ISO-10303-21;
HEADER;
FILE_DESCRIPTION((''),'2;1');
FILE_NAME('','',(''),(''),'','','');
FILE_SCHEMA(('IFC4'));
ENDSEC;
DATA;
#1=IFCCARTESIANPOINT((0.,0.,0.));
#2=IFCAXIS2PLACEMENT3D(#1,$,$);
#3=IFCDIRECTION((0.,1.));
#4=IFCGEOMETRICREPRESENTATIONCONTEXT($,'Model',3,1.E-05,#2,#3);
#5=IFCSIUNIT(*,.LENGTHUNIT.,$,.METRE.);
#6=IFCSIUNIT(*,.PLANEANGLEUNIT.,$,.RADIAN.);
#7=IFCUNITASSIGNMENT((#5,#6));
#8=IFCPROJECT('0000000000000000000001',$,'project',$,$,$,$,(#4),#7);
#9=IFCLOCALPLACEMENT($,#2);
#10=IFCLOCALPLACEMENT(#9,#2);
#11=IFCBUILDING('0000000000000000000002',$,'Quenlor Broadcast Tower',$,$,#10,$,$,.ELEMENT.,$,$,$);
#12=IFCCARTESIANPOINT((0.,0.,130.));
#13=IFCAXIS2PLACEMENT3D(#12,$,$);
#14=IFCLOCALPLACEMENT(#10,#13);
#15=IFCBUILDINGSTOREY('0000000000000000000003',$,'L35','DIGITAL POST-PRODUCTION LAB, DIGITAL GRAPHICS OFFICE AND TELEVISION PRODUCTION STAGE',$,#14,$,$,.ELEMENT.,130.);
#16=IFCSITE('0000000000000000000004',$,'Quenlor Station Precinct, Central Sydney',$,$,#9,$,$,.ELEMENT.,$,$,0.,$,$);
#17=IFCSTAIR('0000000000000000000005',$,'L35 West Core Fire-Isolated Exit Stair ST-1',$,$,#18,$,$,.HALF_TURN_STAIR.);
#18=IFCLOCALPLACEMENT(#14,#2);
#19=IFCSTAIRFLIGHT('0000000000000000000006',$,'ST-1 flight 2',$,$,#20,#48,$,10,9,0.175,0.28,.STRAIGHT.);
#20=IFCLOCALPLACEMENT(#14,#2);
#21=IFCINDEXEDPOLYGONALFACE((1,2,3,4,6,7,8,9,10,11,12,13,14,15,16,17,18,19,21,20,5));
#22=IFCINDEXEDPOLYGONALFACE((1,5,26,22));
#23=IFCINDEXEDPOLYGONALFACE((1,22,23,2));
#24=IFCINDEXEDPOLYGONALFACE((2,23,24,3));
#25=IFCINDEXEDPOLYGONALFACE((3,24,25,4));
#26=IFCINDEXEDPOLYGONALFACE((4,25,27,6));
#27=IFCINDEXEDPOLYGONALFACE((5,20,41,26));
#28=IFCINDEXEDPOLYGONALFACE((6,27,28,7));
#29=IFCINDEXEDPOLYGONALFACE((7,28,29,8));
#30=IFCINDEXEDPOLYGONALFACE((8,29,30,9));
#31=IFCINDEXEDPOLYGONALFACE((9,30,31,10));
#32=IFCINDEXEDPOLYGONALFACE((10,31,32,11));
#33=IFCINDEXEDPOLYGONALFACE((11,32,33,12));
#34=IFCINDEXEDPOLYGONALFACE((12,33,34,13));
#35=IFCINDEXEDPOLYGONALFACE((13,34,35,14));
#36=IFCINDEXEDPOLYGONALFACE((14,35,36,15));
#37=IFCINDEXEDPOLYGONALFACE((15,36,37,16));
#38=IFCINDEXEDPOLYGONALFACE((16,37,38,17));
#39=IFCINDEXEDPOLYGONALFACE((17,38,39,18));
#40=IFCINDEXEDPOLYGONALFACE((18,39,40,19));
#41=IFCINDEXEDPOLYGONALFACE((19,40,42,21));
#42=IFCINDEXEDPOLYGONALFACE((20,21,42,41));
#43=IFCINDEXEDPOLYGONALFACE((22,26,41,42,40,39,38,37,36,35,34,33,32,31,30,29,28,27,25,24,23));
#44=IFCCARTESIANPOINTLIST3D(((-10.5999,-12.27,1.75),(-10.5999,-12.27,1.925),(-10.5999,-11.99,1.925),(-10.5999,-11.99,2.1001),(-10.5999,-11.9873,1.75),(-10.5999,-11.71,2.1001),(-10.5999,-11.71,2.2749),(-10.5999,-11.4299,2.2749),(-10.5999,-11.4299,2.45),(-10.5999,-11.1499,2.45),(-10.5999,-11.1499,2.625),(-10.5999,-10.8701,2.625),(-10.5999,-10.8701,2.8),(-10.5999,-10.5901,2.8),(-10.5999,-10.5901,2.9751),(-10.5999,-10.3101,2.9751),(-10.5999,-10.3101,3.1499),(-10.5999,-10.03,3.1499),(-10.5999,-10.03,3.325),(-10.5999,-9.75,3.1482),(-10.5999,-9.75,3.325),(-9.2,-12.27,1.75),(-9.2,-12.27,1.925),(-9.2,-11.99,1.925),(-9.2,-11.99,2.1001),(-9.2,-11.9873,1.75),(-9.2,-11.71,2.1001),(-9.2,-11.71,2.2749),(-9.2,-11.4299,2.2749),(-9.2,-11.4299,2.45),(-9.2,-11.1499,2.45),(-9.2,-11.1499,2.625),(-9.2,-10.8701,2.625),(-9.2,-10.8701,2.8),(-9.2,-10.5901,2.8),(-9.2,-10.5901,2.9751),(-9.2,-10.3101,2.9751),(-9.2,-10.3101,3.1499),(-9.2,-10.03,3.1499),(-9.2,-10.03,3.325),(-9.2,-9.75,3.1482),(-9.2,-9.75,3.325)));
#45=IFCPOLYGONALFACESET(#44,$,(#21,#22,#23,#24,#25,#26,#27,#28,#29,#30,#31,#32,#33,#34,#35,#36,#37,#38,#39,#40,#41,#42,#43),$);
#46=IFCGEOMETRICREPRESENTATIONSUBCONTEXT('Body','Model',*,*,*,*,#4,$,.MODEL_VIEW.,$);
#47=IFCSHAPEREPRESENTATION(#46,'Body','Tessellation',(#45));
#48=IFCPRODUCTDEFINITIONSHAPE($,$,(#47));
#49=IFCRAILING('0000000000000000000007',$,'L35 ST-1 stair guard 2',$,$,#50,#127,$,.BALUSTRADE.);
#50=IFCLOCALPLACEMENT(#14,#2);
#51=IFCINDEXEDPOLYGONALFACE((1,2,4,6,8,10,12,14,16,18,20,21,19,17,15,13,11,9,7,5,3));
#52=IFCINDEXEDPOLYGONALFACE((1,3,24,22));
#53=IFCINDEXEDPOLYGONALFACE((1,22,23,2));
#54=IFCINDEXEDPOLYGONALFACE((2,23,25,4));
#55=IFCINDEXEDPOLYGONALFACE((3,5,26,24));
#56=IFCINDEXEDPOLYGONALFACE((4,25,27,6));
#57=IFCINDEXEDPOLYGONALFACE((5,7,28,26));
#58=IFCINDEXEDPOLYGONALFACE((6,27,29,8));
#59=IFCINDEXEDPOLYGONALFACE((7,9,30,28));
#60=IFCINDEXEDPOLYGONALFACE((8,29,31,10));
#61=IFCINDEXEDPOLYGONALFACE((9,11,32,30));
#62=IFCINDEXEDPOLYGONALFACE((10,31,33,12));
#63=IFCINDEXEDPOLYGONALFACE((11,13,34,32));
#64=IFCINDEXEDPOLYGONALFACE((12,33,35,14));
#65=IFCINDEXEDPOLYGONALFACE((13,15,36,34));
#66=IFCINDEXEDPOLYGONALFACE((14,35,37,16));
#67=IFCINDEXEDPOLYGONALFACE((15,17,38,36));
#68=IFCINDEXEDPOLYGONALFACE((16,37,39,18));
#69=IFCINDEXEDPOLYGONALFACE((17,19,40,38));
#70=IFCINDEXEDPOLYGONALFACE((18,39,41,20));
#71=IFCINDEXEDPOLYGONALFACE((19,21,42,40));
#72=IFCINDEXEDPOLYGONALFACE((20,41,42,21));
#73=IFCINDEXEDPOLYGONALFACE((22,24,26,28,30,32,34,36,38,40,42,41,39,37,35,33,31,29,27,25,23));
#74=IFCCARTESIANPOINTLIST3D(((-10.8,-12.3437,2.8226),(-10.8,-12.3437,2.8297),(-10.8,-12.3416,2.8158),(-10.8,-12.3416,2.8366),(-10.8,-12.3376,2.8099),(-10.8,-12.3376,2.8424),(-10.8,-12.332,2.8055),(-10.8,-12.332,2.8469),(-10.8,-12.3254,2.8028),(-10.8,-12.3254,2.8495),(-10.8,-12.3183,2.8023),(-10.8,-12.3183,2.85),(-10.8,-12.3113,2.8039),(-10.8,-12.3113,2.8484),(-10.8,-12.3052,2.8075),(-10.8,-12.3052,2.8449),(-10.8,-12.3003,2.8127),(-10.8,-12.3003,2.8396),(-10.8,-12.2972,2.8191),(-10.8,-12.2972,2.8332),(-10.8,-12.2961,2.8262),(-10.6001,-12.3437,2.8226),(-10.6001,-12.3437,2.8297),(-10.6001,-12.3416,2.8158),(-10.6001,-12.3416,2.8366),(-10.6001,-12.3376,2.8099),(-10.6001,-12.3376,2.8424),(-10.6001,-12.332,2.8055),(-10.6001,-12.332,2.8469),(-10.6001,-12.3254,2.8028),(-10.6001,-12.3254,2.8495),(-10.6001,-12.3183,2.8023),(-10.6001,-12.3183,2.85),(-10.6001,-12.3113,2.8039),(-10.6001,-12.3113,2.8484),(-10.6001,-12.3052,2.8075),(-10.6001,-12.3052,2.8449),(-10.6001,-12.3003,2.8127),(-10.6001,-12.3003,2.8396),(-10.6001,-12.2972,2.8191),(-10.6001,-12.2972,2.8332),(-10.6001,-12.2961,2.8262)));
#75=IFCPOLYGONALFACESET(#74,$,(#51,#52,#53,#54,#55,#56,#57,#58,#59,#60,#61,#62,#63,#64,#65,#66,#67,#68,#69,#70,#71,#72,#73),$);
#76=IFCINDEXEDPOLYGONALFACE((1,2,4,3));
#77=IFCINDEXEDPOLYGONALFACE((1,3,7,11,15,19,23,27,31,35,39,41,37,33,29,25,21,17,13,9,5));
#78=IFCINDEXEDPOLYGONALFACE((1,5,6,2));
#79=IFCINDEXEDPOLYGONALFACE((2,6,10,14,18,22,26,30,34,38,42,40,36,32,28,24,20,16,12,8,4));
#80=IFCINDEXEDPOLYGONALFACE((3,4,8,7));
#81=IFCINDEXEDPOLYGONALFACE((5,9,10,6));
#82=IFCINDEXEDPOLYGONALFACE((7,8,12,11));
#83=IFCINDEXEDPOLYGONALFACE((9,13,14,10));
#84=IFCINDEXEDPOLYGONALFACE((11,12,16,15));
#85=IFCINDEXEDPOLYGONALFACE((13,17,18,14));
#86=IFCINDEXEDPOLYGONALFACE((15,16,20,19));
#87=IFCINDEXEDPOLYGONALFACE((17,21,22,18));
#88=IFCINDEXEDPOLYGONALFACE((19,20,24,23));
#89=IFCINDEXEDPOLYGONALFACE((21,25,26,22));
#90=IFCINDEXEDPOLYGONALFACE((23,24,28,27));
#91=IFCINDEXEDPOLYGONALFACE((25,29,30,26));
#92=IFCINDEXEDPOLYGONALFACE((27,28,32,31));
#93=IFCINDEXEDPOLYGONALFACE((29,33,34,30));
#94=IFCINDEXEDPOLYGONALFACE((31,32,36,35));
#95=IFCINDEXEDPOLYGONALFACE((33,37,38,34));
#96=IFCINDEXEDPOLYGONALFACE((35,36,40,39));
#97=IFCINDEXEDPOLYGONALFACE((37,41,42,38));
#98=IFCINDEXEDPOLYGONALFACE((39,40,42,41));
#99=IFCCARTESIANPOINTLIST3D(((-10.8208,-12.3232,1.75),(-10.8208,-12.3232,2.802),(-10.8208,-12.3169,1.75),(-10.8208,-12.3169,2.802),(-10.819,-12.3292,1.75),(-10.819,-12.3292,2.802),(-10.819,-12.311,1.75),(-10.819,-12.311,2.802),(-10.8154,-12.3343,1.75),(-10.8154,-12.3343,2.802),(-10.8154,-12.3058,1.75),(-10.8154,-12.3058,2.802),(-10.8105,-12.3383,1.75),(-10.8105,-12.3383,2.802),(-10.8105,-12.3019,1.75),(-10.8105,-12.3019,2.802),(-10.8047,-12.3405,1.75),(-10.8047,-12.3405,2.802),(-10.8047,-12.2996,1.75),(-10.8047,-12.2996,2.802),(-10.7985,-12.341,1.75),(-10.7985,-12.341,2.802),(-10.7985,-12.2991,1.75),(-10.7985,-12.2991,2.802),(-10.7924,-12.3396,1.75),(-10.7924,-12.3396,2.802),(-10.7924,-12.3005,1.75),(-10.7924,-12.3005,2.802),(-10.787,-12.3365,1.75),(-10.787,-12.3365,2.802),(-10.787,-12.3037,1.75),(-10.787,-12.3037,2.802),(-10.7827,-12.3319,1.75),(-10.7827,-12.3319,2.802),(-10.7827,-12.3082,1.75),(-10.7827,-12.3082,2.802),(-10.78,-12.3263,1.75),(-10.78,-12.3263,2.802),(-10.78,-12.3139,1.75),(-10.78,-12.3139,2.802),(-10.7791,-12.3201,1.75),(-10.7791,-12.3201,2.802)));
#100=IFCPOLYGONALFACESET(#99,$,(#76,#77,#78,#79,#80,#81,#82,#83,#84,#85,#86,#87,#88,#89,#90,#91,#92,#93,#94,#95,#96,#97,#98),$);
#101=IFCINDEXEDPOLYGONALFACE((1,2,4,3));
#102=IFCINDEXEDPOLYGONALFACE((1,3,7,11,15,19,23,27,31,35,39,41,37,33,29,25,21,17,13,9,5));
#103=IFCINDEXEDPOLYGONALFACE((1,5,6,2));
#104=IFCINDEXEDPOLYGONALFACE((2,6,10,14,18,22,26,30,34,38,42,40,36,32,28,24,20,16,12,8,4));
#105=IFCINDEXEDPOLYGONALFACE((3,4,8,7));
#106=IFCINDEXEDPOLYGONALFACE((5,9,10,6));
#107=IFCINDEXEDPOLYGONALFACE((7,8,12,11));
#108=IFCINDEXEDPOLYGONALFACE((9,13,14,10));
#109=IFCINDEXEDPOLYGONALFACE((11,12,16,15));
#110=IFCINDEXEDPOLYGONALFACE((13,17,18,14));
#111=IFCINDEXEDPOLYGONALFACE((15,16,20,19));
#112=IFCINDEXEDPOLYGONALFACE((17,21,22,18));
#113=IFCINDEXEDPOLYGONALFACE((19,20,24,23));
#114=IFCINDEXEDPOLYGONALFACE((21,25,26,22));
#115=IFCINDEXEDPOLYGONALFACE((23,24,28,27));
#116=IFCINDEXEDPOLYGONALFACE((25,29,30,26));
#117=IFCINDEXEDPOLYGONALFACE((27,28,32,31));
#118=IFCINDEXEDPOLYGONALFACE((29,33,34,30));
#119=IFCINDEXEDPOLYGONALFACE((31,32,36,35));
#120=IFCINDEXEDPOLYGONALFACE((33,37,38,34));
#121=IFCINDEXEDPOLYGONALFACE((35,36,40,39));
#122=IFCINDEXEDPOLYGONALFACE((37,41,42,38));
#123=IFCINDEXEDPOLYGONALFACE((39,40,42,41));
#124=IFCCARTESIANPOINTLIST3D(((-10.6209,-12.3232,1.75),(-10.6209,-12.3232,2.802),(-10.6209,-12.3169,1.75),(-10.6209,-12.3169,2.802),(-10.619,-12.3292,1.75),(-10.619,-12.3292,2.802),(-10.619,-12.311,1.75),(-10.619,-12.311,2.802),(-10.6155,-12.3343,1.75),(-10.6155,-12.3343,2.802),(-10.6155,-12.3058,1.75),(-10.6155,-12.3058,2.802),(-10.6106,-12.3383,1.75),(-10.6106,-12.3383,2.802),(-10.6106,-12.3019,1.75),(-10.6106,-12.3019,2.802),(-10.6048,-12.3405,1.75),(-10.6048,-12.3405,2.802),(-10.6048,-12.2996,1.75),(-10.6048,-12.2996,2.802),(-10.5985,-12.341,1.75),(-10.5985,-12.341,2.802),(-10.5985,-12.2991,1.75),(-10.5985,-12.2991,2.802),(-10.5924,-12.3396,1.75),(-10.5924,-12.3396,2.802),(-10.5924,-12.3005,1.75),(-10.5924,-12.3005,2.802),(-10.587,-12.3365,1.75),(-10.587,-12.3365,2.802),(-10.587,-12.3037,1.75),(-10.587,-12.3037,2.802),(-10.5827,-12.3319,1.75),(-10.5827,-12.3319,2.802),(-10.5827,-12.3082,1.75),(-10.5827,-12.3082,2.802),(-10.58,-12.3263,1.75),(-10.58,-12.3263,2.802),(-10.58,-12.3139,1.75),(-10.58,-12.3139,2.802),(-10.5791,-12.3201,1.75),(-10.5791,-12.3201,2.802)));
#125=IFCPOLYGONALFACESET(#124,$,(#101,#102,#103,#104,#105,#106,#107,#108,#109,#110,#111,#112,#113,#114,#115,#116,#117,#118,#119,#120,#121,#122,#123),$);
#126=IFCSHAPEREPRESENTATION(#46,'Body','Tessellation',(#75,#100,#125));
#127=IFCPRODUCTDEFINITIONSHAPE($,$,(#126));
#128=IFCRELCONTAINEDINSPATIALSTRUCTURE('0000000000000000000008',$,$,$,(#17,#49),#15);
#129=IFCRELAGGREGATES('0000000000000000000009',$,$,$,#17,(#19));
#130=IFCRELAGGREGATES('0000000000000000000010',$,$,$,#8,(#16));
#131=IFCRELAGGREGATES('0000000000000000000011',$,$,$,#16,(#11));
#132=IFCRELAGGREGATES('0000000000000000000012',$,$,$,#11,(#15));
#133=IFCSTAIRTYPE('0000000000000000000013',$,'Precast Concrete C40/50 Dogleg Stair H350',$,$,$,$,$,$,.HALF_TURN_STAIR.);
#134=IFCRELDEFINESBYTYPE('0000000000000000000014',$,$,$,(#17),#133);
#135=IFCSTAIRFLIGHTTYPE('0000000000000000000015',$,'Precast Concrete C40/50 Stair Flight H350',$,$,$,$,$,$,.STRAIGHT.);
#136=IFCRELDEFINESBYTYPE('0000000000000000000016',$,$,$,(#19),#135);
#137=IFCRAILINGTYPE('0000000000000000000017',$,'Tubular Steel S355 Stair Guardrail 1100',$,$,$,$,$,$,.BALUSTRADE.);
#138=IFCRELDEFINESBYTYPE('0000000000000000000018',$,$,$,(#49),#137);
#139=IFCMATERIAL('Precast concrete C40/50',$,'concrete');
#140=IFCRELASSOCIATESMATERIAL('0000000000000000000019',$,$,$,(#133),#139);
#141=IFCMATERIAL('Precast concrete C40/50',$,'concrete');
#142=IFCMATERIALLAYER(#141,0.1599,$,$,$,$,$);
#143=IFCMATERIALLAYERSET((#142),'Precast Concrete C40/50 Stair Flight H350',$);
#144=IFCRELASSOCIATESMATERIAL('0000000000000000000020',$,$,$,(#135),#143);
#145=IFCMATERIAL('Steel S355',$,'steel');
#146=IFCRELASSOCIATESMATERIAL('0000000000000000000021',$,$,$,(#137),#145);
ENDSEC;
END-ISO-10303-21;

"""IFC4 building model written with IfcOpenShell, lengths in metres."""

from ifc_helpers import new_model, si_unit, direction, frame, origin, origin_2d, place, context, subcontext, project, spatial, polyline, circle, outline, extrude, material, layer, layer_set, type_object, element, aggregate, save


model = new_model("IFC4")

# Units and contexts
model_context = context("Model", 3, precision=1e-05, world=origin(), true_north=direction((0.0, 1.0)))
body_context = subcontext(model_context, "Body", "Model", "MODEL_VIEW")
ifc_project = project(units=[si_unit("LENGTHUNIT", "METRE"), si_unit("PLANEANGLEUNIT", "RADIAN")], contexts=[model_context])

# Site, building, storey
site_placement = place(None, origin())
site = spatial("IfcSite", under=ifc_project, at=site_placement, Name="Quenlor Station Precinct, Central Sydney", CompositionType="ELEMENT", RefElevation=0.0)
building_placement = place(site_placement, origin())
building = spatial("IfcBuilding", under=site, at=building_placement, Name="Quenlor Broadcast Tower", CompositionType="ELEMENT")
storey_placement = place(building_placement, frame((0.0, 0.0, 130.0)))
storey = spatial("IfcBuildingStorey", under=building, at=storey_placement, Name="L35", Description="DIGITAL POST-PRODUCTION LAB, DIGITAL GRAPHICS OFFICE AND TELEVISION PRODUCTION STAGE", CompositionType="ELEMENT", Elevation=130.0)

# Stair, stair flight
ifc_material_1 = material(Name="Precast concrete C40/50", Category="concrete")
stair_type = type_object("IfcStairType", Name="Precast Concrete C40/50 Dogleg Stair H350", PredefinedType="HALF_TURN_STAIR", material=ifc_material_1)
stair_placement = place(storey_placement, origin())
stair = element("IfcStair", 1, at=stair_placement, inside=storey, type_object=stair_type, Name="L35 West Core Fire-Isolated Exit Stair ST-1", PredefinedType="HALF_TURN_STAIR")
ifc_material_2 = material(Name="Precast concrete C40/50", Category="concrete")
ifc_layer_1 = layer(ifc_material_2, 0.1599)
ifc_layer_set_1 = layer_set([ifc_layer_1], Name="Precast Concrete C40/50 Stair Flight H350")
stair_flight_type = type_object("IfcStairFlightType", Name="Precast Concrete C40/50 Stair Flight H350", PredefinedType="STRAIGHT", material=ifc_layer_set_1)
stair_flight_placement = place(storey_placement, frame((-9.8999, -12.27, 1.75), z_axis=(0.0, 0.0, 1.0), x_axis=(0.0, 1.0, 0.0)))
stair_flight = element("IfcStairFlight", 2, at=stair_flight_placement, type_object=stair_flight_type, Name="ST-1 flight 2", NumberOfRisers=10, NumberOfTreads=9, PredefinedType="STRAIGHT", RiserHeight=0.175, TreadLength=0.28, context=body_context, shape_type="SweptSolid", body=[
    extrude(outline(polyline([(0.0, 0.0), (0.0, 0.175), (0.28, 0.175), (0.28, 0.3501), (0.5601, 0.3501), (0.5601, 0.5249), (0.8401, 0.5249), (0.8401, 0.7), (1.1201, 0.7), (1.1201, 0.875), (1.3999, 0.875), (1.3999, 1.05), (1.6799, 1.05), (1.6799, 1.2251), (1.96, 1.2251), (1.96, 1.3999), (2.24, 1.3999), (2.24, 1.575), (2.52, 1.575), (2.52, 1.75), (2.52, 1.3982), (0.2827, 0.0), (0.0, 0.0)])), frame((0.0, 0.7, 0.0), z_axis=(0.0, -1.0, 0.0), x_axis=(1.0, 0.0, 0.0)), (0.0, 0.0, 1.0), 1.3999),
])
aggregate(stair, [stair_flight])

# Railing
ifc_material_3 = material(Name="Steel S355", Category="steel")
railing_type = type_object("IfcRailingType", Name="Tubular Steel S355 Stair Guardrail 1100", PredefinedType="BALUSTRADE", material=ifc_material_3)
railing_1_placement = place(storey_placement, frame((-10.8, -12.3201, 1.75)))
element("IfcRailing", 3, at=railing_1_placement, inside=storey, type_object=railing_type, Name="L35 ST-1 stair guard 2", PredefinedType="BALUSTRADE", context=body_context, shape_type="SweptSolid", body=[
    extrude(circle(Radius=0.0239, at=origin_2d()), frame((0.0, 0.0, 1.0762), z_axis=(1.0, 0.0, 0.0), x_axis=(0.0, 1.0, 0.0)), (0.0, 0.0, 1.0), 0.2),
    extrude(circle(Radius=0.021, at=origin_2d()), origin(), (0.0, 0.0, 1.0), 1.052),
    extrude(circle(Radius=0.021, at=origin_2d()), frame((0.2, 0.0, 0.0)), (0.0, 0.0, 1.0), 1.052),
])

save(model, "model.ifc")
